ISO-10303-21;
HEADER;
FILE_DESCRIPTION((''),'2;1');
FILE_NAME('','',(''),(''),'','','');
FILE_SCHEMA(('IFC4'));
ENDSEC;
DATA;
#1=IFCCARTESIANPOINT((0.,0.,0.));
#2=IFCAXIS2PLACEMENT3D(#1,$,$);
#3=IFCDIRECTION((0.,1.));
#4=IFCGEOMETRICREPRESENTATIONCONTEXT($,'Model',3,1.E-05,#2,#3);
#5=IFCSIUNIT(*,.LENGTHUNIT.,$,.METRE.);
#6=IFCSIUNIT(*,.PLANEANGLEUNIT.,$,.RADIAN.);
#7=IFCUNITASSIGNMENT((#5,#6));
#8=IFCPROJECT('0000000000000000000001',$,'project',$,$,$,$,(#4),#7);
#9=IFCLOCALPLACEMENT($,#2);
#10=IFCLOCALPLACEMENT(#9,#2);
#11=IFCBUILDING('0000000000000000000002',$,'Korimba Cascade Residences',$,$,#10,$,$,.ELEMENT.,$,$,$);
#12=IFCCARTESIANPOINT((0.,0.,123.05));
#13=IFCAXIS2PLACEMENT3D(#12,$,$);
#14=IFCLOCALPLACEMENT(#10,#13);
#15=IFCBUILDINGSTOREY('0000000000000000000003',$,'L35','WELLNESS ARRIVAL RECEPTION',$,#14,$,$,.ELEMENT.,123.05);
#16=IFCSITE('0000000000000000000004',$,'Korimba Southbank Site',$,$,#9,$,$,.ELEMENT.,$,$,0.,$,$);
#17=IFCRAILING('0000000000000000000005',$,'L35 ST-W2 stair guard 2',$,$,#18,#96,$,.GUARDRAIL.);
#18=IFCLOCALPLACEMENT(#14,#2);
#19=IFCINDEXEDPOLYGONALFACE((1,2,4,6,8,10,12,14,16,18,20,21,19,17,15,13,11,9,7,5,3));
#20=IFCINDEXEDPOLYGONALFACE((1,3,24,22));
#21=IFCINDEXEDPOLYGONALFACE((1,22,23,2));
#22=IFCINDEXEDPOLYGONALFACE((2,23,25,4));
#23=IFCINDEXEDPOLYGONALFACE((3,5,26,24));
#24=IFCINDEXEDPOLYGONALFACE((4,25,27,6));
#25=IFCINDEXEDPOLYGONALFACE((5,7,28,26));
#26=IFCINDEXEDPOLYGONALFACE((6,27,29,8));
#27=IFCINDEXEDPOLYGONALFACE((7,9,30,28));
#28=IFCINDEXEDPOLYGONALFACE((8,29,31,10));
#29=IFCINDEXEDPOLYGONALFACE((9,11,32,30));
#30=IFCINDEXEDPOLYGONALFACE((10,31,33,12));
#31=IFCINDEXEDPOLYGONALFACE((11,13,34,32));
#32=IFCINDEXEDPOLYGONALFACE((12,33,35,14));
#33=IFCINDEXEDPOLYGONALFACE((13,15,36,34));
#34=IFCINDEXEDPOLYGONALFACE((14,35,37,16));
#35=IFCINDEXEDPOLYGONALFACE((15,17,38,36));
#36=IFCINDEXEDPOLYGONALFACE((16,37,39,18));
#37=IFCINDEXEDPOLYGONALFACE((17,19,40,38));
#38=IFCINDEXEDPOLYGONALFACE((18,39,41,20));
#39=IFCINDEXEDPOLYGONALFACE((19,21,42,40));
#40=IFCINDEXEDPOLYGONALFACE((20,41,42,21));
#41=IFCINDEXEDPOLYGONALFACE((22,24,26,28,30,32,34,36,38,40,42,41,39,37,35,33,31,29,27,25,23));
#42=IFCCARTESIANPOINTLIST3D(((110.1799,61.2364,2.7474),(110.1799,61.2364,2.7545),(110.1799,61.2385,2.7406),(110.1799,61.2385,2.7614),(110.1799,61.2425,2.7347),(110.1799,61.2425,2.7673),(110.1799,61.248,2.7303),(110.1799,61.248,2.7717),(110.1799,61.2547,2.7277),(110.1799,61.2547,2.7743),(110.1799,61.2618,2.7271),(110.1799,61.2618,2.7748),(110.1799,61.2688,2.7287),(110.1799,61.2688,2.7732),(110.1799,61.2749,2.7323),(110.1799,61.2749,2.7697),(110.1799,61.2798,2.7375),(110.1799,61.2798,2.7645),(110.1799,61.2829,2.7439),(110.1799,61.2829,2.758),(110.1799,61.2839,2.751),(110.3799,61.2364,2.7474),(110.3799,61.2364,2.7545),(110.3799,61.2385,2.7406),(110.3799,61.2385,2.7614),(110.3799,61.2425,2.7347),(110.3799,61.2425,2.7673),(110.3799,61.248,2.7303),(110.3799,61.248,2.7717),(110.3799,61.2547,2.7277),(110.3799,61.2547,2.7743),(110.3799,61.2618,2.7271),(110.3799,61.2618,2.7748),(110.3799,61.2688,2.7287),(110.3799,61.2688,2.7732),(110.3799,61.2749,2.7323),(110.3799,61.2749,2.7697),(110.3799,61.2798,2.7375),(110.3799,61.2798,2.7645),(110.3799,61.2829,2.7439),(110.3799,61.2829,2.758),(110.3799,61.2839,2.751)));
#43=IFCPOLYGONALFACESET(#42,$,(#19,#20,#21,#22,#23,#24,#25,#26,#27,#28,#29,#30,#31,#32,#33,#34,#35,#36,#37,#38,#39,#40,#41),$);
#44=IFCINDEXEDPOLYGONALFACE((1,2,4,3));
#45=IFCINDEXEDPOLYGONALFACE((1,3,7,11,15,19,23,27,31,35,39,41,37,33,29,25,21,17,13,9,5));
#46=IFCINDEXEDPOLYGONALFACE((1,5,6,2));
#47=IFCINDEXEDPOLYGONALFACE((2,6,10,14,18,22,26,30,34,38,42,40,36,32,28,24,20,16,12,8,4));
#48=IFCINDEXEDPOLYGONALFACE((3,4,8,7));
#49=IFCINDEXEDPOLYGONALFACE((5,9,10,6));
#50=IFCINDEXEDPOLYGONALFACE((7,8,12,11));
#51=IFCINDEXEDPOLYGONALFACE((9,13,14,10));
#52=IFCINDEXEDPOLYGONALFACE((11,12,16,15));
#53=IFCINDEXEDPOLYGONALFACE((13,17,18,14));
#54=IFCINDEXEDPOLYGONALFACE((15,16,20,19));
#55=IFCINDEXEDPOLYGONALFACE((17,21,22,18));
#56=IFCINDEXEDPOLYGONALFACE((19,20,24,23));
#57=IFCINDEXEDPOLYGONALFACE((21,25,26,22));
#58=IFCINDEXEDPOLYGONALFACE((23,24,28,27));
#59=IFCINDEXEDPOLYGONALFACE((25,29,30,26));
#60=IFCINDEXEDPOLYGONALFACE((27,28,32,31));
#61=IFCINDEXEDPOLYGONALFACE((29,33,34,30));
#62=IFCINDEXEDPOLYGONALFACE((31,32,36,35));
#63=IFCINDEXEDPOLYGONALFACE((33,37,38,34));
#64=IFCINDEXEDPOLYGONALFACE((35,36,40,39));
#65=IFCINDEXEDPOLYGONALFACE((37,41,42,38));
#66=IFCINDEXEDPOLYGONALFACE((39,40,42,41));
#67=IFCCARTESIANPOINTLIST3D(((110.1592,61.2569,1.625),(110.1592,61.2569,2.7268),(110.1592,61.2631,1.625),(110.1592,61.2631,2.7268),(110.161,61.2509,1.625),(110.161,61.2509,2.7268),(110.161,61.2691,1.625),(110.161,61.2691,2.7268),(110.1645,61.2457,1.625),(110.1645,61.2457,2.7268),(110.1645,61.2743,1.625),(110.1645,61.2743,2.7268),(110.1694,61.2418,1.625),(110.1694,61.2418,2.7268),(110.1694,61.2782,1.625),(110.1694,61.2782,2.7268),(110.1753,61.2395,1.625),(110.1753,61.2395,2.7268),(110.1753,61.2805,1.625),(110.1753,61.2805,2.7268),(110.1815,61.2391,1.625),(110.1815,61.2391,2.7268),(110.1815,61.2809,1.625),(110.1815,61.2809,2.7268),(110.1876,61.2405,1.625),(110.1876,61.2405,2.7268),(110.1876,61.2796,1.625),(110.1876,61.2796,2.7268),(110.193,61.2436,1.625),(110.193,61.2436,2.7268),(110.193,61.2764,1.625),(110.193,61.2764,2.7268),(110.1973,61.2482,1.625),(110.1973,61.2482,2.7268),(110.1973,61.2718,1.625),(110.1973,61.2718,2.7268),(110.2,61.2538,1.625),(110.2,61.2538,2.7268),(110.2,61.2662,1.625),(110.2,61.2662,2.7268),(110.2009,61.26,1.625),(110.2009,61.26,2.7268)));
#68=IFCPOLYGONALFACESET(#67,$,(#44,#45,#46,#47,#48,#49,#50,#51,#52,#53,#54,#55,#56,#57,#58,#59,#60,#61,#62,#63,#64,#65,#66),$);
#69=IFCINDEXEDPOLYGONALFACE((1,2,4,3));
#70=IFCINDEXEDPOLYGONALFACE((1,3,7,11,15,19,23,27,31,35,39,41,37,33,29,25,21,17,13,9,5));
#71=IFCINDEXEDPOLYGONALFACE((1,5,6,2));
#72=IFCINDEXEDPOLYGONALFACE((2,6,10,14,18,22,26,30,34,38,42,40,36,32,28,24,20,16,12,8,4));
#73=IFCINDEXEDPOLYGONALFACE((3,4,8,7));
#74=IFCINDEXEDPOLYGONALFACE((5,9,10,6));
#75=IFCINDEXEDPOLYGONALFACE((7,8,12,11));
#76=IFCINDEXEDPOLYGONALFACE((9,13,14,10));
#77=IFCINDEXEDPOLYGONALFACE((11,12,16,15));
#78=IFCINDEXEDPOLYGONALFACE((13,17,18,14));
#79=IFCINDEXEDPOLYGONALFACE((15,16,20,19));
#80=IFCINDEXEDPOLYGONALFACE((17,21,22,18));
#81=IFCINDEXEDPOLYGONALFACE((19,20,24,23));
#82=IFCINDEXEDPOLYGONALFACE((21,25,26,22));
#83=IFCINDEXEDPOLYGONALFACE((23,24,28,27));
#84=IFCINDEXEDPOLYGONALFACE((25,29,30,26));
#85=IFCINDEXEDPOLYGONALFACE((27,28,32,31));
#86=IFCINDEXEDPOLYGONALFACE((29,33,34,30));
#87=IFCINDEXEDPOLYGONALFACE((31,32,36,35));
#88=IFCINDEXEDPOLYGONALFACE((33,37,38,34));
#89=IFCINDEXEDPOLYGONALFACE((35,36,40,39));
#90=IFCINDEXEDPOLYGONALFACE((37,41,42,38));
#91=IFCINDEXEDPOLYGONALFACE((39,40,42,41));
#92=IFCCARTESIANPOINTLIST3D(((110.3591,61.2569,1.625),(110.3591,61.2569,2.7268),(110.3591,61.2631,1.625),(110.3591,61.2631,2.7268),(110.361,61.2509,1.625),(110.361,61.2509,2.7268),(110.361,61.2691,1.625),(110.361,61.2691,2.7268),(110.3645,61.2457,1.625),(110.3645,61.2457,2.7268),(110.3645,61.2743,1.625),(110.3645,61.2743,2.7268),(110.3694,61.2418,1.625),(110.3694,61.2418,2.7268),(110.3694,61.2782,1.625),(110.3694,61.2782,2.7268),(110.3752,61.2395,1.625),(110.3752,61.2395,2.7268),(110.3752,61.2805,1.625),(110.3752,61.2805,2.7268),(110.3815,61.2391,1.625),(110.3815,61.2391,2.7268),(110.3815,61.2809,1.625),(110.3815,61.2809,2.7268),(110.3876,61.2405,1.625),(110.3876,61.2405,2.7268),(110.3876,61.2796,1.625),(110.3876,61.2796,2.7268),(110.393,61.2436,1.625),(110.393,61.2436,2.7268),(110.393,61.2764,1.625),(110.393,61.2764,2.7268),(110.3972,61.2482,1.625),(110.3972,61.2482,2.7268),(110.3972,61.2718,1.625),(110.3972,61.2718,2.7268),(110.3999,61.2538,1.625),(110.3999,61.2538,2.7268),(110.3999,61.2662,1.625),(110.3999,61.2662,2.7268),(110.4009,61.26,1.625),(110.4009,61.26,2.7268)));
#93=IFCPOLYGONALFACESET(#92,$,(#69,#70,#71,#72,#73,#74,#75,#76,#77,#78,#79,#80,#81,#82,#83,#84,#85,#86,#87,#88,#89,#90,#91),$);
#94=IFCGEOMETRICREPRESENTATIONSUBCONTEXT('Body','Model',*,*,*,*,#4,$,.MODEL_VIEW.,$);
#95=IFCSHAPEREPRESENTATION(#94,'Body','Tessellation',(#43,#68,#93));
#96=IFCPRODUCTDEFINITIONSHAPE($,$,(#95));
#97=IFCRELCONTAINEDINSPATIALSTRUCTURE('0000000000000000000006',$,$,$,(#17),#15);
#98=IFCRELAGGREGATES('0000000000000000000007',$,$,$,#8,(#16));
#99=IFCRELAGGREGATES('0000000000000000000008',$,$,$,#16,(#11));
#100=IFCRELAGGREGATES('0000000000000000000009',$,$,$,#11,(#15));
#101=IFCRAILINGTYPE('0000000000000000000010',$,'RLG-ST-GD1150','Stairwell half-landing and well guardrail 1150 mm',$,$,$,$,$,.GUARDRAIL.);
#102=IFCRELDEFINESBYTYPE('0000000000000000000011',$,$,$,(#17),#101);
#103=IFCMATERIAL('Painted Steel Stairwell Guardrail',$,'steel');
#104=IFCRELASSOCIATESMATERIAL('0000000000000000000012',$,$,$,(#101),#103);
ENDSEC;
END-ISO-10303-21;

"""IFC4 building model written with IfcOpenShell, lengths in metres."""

from ifc_helpers import new_model, si_unit, direction, frame, origin, origin_2d, place, context, subcontext, project, spatial, circle, extrude, material, type_object, element, save


model = new_model("IFC4")

# Units and contexts
model_context = context("Model", 3, precision=1e-05, world=origin(), true_north=direction((0.0, 1.0)))
body_context = subcontext(model_context, "Body", "Model", "MODEL_VIEW")
ifc_project = project(units=[si_unit("LENGTHUNIT", "METRE"), si_unit("PLANEANGLEUNIT", "RADIAN")], contexts=[model_context])

# Site, building, storey
site_placement = place(None, origin())
site = spatial("IfcSite", under=ifc_project, at=site_placement, Name="Korimba Southbank Site", CompositionType="ELEMENT", RefElevation=0.0)
building_placement = place(site_placement, origin())
building = spatial("IfcBuilding", under=site, at=building_placement, Name="Korimba Cascade Residences", CompositionType="ELEMENT")
storey_placement = place(building_placement, frame((0.0, 0.0, 123.05)))
storey = spatial("IfcBuildingStorey", under=building, at=storey_placement, Name="L35", Description="WELLNESS ARRIVAL RECEPTION", CompositionType="ELEMENT", Elevation=123.05)

# Railing
ifc_material_1 = material(Name="Painted Steel Stairwell Guardrail", Category="steel")
railing_type_1 = type_object("IfcRailingType", Name="RLG-ST-GD1150", Description="Stairwell half-landing and well guardrail 1150 mm", PredefinedType="GUARDRAIL", material=ifc_material_1)
railing_1_placement = place(storey_placement, frame((110.1799, 61.26, 1.625)))
element("IfcRailing", 1, at=railing_1_placement, inside=storey, type_object=railing_type_1, Name="L35 ST-W2 stair guard 2", PredefinedType="GUARDRAIL", context=body_context, shape_type="SweptSolid", body=[
    extrude(circle(Radius=0.0239, at=origin_2d()), frame((0.0, 0.0, 1.126), z_axis=(1.0, 0.0, 0.0), x_axis=(0.0, 1.0, 0.0)), (0.0, 0.0, 1.0), 0.2),
    extrude(circle(Radius=0.021, at=origin_2d()), origin(), (0.0, 0.0, 1.0), 1.1018),
    extrude(circle(Radius=0.021, at=origin_2d()), frame((0.2, 0.0, 0.0)), (0.0, 0.0, 1.0), 1.1018),
])

save(model, "model.ifc")
